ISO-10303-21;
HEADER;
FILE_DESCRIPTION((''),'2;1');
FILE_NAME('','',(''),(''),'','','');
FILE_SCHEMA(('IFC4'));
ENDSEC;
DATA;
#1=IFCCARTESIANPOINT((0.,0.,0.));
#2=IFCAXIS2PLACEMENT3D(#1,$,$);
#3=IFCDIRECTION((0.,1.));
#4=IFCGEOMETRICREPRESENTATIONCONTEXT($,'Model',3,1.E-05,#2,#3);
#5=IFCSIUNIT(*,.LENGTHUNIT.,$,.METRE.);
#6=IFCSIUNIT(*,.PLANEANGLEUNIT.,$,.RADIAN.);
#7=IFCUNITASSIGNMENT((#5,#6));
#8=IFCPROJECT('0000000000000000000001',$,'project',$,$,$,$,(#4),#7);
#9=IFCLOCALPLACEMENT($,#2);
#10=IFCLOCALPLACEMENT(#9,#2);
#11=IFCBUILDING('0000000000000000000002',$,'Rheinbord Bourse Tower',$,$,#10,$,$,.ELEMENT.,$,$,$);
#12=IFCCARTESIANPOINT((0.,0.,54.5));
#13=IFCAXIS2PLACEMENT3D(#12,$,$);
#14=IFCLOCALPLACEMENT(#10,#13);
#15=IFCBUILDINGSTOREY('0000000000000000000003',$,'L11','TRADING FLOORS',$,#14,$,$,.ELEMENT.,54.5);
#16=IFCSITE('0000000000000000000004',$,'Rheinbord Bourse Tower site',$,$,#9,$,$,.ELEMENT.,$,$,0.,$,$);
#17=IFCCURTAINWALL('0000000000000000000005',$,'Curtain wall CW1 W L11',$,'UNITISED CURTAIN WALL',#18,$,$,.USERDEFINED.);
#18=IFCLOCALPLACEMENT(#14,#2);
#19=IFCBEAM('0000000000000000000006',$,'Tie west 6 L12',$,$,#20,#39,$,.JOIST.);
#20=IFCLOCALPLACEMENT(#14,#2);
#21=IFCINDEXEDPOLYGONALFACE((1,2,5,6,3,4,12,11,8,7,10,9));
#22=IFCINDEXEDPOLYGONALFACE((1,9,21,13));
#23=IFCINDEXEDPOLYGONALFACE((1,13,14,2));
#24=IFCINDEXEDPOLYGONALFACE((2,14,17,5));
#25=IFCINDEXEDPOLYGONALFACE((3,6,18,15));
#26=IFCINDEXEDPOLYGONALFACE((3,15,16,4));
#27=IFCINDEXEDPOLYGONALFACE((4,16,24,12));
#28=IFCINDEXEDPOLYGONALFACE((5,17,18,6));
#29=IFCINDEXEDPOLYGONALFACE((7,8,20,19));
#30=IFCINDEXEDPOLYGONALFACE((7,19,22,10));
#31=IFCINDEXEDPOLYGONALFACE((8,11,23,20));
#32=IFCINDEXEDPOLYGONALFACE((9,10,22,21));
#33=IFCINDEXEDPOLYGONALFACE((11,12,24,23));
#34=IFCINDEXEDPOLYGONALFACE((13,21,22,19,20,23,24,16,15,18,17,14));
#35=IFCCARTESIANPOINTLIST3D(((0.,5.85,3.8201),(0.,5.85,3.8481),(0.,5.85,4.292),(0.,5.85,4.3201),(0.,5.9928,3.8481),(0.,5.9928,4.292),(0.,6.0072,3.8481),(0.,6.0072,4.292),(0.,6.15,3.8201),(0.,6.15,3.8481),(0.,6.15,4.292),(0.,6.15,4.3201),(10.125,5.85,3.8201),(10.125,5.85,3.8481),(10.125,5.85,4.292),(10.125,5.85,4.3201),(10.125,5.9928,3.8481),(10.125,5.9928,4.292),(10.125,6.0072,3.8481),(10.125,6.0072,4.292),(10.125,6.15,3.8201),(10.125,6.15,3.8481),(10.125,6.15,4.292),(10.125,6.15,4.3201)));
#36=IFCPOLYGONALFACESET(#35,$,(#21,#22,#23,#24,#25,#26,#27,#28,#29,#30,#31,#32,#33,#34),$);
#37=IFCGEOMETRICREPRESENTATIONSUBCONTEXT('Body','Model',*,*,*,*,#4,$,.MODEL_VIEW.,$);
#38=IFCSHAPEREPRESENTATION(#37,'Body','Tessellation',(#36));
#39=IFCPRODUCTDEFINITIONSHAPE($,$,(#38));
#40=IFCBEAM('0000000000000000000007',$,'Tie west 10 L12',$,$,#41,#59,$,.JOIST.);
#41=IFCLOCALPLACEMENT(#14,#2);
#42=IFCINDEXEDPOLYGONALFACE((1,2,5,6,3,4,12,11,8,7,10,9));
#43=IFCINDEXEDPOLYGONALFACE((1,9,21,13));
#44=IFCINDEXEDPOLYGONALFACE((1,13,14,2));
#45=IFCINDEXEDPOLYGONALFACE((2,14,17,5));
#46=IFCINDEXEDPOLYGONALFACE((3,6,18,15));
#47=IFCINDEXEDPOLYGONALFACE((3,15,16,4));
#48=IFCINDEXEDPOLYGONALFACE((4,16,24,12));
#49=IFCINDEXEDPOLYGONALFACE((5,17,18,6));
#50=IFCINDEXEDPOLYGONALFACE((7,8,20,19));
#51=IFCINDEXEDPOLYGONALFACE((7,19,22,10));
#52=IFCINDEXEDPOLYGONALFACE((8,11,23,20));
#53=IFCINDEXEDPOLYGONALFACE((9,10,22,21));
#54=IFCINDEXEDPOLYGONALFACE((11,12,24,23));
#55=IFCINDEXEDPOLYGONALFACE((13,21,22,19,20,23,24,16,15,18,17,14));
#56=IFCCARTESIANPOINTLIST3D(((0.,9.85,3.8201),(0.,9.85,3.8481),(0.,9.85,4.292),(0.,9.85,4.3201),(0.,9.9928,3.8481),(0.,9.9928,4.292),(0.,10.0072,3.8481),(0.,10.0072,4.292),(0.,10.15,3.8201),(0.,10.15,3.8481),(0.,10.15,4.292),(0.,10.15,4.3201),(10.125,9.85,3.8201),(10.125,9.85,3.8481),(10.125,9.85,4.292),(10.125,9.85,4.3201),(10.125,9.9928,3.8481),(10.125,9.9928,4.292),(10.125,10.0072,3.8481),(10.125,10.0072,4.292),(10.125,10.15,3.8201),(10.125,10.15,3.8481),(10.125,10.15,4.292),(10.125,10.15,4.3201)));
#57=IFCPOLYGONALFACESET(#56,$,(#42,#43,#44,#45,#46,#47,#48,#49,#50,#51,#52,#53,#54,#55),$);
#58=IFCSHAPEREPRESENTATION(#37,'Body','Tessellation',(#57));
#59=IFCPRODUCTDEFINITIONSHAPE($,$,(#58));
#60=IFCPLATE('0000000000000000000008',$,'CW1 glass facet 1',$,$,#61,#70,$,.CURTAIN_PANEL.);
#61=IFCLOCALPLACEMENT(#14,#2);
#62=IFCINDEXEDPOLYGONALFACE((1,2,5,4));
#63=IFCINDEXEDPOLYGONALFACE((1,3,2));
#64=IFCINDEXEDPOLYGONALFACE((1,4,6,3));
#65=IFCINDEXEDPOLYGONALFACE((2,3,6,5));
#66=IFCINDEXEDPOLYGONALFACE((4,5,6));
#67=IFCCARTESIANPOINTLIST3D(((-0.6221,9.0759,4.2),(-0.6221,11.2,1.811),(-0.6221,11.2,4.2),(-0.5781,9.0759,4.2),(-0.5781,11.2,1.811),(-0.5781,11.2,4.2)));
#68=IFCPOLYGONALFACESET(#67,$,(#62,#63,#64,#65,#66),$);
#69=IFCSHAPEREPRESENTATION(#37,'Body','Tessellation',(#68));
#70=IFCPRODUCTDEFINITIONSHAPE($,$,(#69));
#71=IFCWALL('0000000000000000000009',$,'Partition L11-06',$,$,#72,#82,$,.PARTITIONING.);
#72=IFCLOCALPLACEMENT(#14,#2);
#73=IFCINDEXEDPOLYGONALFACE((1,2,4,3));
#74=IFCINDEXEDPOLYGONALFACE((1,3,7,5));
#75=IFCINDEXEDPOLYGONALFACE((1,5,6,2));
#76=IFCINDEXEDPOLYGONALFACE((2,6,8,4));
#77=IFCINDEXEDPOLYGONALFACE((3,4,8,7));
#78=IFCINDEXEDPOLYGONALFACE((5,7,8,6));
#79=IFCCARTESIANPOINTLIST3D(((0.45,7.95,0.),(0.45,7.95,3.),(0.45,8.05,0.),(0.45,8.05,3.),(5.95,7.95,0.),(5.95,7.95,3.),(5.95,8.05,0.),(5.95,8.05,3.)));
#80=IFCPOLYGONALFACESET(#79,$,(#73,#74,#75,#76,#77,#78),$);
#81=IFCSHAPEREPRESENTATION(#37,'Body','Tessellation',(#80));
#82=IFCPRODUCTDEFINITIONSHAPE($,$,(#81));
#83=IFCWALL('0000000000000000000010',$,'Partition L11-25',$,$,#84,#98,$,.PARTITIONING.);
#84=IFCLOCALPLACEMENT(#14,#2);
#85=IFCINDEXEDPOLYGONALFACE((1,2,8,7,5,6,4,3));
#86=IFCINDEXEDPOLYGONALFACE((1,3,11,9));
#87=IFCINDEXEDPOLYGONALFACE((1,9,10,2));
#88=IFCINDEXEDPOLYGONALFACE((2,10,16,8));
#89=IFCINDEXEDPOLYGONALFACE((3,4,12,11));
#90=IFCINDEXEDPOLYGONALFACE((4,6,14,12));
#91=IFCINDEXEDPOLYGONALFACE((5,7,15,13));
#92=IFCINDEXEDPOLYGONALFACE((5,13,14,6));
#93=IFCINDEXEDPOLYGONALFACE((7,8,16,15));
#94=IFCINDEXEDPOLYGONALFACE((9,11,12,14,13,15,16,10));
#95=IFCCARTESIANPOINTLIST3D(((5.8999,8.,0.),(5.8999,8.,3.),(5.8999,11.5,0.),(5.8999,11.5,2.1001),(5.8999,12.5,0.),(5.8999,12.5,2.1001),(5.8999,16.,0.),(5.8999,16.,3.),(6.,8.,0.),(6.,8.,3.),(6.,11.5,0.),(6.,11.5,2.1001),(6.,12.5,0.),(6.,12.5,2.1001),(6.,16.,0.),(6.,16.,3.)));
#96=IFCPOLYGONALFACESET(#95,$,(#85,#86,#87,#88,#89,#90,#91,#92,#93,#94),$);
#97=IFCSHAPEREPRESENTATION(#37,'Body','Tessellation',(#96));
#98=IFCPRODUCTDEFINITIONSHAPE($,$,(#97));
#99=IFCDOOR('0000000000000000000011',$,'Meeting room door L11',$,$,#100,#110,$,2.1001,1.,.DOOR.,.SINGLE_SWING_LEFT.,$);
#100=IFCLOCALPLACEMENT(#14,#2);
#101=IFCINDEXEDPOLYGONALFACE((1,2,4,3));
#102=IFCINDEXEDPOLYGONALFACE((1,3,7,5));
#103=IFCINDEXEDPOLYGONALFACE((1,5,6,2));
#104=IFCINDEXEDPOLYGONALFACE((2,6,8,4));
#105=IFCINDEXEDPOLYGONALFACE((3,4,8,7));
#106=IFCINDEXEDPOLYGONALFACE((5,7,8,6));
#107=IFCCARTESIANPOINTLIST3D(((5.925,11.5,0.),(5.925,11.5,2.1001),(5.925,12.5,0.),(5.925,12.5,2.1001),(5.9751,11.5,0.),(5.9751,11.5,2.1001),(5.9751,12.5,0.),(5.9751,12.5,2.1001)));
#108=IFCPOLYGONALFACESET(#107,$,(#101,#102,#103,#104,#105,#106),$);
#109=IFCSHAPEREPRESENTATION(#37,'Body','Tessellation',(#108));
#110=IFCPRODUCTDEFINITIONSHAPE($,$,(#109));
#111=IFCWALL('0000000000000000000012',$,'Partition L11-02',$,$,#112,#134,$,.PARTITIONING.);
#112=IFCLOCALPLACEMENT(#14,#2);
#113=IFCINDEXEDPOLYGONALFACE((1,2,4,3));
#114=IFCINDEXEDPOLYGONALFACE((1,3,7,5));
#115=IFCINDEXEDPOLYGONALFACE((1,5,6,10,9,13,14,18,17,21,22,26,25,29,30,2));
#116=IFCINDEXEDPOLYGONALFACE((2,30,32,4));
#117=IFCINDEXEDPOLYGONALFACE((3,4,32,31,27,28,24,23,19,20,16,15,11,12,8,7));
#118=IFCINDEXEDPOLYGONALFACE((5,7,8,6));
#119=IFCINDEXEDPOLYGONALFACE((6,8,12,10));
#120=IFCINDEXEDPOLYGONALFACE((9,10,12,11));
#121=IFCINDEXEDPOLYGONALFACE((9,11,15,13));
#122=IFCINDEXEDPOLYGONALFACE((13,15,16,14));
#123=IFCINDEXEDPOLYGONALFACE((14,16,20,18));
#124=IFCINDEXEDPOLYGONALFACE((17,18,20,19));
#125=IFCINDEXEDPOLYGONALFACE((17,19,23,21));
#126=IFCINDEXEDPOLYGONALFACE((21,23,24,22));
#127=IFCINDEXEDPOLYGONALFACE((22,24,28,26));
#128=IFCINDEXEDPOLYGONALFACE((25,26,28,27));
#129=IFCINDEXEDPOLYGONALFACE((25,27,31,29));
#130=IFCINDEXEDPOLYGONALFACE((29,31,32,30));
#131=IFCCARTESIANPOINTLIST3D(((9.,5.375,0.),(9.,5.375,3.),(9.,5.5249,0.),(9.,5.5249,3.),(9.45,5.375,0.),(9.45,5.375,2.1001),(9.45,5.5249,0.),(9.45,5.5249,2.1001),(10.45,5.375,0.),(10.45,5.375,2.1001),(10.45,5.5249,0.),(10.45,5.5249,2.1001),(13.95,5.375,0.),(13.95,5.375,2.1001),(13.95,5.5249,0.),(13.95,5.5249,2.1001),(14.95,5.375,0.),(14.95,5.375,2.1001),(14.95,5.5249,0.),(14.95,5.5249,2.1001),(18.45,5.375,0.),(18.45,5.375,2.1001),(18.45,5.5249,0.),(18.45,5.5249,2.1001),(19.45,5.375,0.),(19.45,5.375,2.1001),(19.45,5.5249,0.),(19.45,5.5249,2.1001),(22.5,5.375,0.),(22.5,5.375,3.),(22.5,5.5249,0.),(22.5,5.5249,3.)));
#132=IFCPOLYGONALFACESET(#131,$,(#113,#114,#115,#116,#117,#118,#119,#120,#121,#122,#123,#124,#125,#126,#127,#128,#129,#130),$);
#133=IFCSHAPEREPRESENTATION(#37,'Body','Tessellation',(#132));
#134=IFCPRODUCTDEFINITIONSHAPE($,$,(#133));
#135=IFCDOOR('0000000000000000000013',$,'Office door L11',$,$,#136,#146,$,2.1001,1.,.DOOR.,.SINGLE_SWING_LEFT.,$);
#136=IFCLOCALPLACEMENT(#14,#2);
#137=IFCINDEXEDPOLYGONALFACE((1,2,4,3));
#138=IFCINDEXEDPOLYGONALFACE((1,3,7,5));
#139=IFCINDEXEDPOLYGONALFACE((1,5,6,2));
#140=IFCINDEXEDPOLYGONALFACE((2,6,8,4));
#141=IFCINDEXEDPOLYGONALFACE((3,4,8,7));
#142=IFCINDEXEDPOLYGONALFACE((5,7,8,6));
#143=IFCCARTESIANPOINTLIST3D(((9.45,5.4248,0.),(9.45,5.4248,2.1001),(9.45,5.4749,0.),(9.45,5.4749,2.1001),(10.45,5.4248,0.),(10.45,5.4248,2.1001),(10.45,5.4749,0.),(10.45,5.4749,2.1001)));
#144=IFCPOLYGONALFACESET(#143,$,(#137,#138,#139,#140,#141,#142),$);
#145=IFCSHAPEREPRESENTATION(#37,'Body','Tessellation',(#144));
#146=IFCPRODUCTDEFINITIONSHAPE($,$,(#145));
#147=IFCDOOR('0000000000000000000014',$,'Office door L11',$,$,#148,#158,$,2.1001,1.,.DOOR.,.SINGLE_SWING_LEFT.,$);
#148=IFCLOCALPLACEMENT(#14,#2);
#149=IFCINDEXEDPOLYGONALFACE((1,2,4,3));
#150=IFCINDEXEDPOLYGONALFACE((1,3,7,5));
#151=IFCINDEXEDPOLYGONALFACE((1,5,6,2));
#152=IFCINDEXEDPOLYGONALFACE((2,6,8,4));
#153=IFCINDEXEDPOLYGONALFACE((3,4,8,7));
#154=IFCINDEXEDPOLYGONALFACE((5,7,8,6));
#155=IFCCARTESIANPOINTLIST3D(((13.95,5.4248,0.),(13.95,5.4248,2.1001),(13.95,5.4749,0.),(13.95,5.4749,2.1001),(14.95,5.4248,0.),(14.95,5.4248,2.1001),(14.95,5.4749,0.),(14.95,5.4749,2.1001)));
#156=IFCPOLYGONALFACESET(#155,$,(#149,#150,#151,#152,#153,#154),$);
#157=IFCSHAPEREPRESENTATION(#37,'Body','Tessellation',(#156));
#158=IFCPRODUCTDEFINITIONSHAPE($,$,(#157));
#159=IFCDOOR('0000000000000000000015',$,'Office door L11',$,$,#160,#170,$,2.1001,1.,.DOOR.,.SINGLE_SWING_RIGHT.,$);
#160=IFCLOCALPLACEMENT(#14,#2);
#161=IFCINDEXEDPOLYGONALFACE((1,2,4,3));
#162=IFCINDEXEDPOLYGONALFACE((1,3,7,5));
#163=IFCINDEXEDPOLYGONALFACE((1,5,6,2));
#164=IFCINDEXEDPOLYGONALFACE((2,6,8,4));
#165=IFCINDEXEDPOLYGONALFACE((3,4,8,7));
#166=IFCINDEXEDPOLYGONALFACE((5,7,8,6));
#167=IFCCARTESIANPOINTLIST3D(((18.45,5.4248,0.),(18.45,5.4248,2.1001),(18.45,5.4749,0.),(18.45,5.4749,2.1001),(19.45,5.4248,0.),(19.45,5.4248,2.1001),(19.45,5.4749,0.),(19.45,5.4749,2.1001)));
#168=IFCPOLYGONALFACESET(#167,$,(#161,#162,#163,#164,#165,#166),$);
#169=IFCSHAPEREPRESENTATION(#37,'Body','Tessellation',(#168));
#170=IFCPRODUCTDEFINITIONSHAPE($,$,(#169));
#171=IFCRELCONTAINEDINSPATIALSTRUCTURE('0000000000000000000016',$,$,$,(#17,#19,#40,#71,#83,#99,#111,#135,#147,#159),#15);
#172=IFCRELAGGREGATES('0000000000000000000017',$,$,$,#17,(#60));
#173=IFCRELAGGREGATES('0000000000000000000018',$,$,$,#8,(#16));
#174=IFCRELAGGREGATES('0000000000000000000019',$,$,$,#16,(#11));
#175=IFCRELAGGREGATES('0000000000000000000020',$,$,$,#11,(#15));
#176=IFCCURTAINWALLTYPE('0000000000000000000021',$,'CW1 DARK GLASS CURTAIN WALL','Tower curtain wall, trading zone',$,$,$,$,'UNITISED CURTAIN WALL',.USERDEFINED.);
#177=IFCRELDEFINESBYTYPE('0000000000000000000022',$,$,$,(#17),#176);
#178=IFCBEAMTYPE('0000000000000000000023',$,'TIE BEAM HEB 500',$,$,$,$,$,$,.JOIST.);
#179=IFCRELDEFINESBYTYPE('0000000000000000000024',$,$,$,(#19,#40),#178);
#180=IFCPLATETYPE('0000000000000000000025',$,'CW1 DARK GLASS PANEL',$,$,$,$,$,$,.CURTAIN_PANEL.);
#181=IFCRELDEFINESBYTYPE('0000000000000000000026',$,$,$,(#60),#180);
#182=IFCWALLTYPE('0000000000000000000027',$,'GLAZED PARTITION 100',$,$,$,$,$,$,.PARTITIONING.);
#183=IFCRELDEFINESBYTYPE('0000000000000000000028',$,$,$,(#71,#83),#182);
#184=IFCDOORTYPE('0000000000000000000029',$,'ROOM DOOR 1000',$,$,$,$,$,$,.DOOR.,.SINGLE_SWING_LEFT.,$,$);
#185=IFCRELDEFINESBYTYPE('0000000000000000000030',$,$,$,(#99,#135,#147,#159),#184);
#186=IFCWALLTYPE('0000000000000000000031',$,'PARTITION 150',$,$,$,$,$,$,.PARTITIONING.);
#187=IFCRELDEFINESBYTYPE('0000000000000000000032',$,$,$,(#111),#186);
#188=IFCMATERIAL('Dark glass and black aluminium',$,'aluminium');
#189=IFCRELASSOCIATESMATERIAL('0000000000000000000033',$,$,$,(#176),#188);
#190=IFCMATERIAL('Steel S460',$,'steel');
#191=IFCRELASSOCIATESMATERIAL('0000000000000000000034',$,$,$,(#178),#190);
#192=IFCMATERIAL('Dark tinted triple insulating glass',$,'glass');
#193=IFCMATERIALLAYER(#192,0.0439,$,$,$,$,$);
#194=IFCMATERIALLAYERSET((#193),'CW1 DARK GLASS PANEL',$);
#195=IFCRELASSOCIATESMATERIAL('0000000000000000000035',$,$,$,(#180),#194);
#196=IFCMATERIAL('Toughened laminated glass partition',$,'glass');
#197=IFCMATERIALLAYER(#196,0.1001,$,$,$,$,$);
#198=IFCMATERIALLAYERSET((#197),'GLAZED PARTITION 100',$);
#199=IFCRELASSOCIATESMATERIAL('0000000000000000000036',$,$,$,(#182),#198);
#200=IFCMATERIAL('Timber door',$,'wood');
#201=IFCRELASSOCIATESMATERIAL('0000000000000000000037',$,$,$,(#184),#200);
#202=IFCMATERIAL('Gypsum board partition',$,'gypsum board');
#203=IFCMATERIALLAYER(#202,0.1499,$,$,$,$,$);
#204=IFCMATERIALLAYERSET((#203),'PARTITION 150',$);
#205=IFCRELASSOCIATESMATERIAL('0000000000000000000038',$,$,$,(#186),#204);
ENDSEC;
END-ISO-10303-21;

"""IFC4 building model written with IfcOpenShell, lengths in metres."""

from ifc_helpers import new_model, si_unit, direction, frame, frame_2d, origin, origin_2d, place, context, subcontext, project, spatial, polyline, rectangle, i_section, outline, extrude, material, layer, layer_set, material_profile, profile_set, type_object, element, fill, aggregate, save


model = new_model("IFC4")

# Units and contexts
model_context = context("Model", 3, precision=1e-05, world=origin(), true_north=direction((0.0, 1.0)))
body_context = subcontext(model_context, "Body", "Model", "MODEL_VIEW")
ifc_project = project(units=[si_unit("LENGTHUNIT", "METRE"), si_unit("PLANEANGLEUNIT", "RADIAN")], contexts=[model_context])

# Site, building, storey
site_placement = place(None, origin())
site = spatial("IfcSite", under=ifc_project, at=site_placement, Name="Rheinbord Bourse Tower site", CompositionType="ELEMENT", RefElevation=0.0)
building_placement = place(site_placement, origin())
building = spatial("IfcBuilding", under=site, at=building_placement, Name="Rheinbord Bourse Tower", CompositionType="ELEMENT")
storey_placement = place(building_placement, frame((0.0, 0.0, 54.5)))
storey = spatial("IfcBuildingStorey", under=building, at=storey_placement, Name="L11", Description="TRADING FLOORS", CompositionType="ELEMENT", Elevation=54.5)

# Curtain wall
ifc_material_1 = material(Name="Dark glass and black aluminium", Category="aluminium")
curtain_wall_type = type_object("IfcCurtainWallType", Name="CW1 DARK GLASS CURTAIN WALL", Description="Tower curtain wall, trading zone", ElementType="UNITISED CURTAIN WALL", PredefinedType="USERDEFINED", material=ifc_material_1)
curtain_wall_placement = place(storey_placement, origin())
curtain_wall = element("IfcCurtainWall", 1, at=curtain_wall_placement, inside=storey, type_object=curtain_wall_type, Name="Curtain wall CW1 W L11", ObjectType="UNITISED CURTAIN WALL", PredefinedType="USERDEFINED")

# Beams
ifc_material_2 = material(Name="Steel S460", Category="steel")
ifc_material_profile_1 = material_profile(ifc_material_2, i_section(OverallWidth=0.3, OverallDepth=0.5, WebThickness=0.0144, FlangeThickness=0.0281, at=origin_2d()), Name="HEB 500")
ifc_profile_set_1 = profile_set([ifc_material_profile_1], Name="Steel S460")
beam_type_1 = type_object("IfcBeamType", Name="TIE BEAM HEB 500", PredefinedType="JOIST", material=ifc_profile_set_1)
for number, where, z_axis, x_axis, name in (
    (2, (0.0, 6.0, 4.0701), (1.0, 0.0, 0.0), (0.0, 1.0, 0.0), "Tie west 6 L12"),
    (3, (0.0, 10.0, 4.0701), (1.0, 0.0, 0.0), (0.0, 1.0, 0.0), "Tie west 10 L12"),
):
    element("IfcBeam", number, at=place(storey_placement, frame(where, z_axis=z_axis, x_axis=x_axis)), inside=storey, type_object=beam_type_1, Name=name, PredefinedType="JOIST", context=body_context, shape_type="SweptSolid", body=[
        extrude(i_section(OverallWidth=0.3, OverallDepth=0.5, WebThickness=0.0144, FlangeThickness=0.0281, at=origin_2d()), origin(), (0.0, 0.0, 1.0), 10.125),
    ])

# Plate
ifc_material_3 = material(Name="Dark tinted triple insulating glass", Category="glass")
ifc_layer_1 = layer(ifc_material_3, 0.0439)
ifc_layer_set_1 = layer_set([ifc_layer_1], Name="CW1 DARK GLASS PANEL")
plate_type = type_object("IfcPlateType", Name="CW1 DARK GLASS PANEL", PredefinedType="CURTAIN_PANEL", material=ifc_layer_set_1)
plate_placement = place(storey_placement, frame((-0.6221, 11.2, 4.2), z_axis=(1.0, 0.0, 0.0), x_axis=(0.0, -1.0, 0.0)))
plate = element("IfcPlate", 4, at=plate_placement, type_object=plate_type, Name="CW1 glass facet 1", PredefinedType="CURTAIN_PANEL", context=body_context, shape_type="SweptSolid", body=[
    extrude(outline(polyline([(0.0, 0.0), (2.124, 0.0), (0.0, 2.3889), (0.0, 0.0)])), origin(), (0.0, 0.0, 1.0), 0.0439),
])
aggregate(curtain_wall, [plate])

# Wall
ifc_material_4 = material(Name="Toughened laminated glass partition", Category="glass")
ifc_layer_2 = layer(ifc_material_4, 0.1001)
ifc_layer_set_2 = layer_set([ifc_layer_2], Name="GLAZED PARTITION 100")
wall_type_1 = type_object("IfcWallType", Name="GLAZED PARTITION 100", PredefinedType="PARTITIONING", material=ifc_layer_set_2)
wall_1_placement = place(storey_placement, frame((0.45, 8.0, 0.0), z_axis=(0.0, 0.0, 1.0), x_axis=(1.0, 0.0, 0.0)))
element("IfcWall", 5, at=wall_1_placement, inside=storey, type_object=wall_type_1, Name="Partition L11-06", PredefinedType="PARTITIONING", context=body_context, shape_type="SweptSolid", body=[
    extrude(rectangle(XDim=5.5, YDim=0.1001, at=frame_2d((2.75, 0.0))), origin(), (0.0, 0.0, 1.0), 3.0),
])

# Wall, opening, door
wall_2_placement = place(storey_placement, frame((5.95, 8.0, 0.0), z_axis=(0.0, 0.0, 1.0), x_axis=(0.0, 1.0, 0.0)))
wall_2 = element("IfcWall", 6, at=wall_2_placement, inside=storey, type_object=wall_type_1, Name="Partition L11-25", PredefinedType="PARTITIONING", context=body_context, shape_type="SweptSolid", body=[
    extrude(rectangle(XDim=8.0, YDim=0.1001, at=frame_2d((4.0, 0.0))), origin(), (0.0, 0.0, 1.0), 3.0),
])
opening_1_placement = place(wall_2_placement, frame((3.5, 0.0, 0.0)))
opening_1 = element("IfcOpeningElement", 7, at=opening_1_placement, cuts=wall_2, PredefinedType="OPENING", context=body_context, shape_type="SweptSolid", body=[
    extrude(rectangle(XDim=1.0, YDim=2.1001, at=frame_2d((0.5, 1.05))), frame((0.0, 0.0601, 0.0), z_axis=(0.0, -1.0, 0.0), x_axis=(1.0, 0.0, 0.0)), (0.0, 0.0, 1.0), 0.1201),
])
ifc_material_5 = material(Name="Timber door", Category="wood")
door_type = type_object("IfcDoorType", Name="ROOM DOOR 1000", OperationType="SINGLE_SWING_LEFT", PredefinedType="DOOR", material=ifc_material_5)
door_1_placement = place(opening_1_placement, origin())
door_1 = element("IfcDoor", 8, at=door_1_placement, inside=storey, type_object=door_type, Name="Meeting room door L11", OperationType="SINGLE_SWING_LEFT", OverallHeight=2.1001, OverallWidth=1.0, PredefinedType="DOOR", context=body_context, shape_type="SweptSolid", body=[
    extrude(rectangle(XDim=1.0, YDim=2.1001, at=frame_2d((0.5, 1.05))), frame((0.0, 0.0249, 0.0), z_axis=(0.0, -1.0, 0.0), x_axis=(1.0, 0.0, 0.0)), (0.0, 0.0, 1.0), 0.05),
])
fill(opening_1, door_1)

# Wall, openings, doors
ifc_material_6 = material(Name="Gypsum board partition", Category="gypsum board")
ifc_layer_3 = layer(ifc_material_6, 0.1499)
ifc_layer_set_3 = layer_set([ifc_layer_3], Name="PARTITION 150")
wall_type_2 = type_object("IfcWallType", Name="PARTITION 150", PredefinedType="PARTITIONING", material=ifc_layer_set_3)
wall_3_placement = place(storey_placement, frame((9.0, 5.45, 0.0), z_axis=(0.0, 0.0, 1.0), x_axis=(1.0, 0.0, 0.0)))
wall_3 = element("IfcWall", 9, at=wall_3_placement, inside=storey, type_object=wall_type_2, Name="Partition L11-02", PredefinedType="PARTITIONING", context=body_context, shape_type="SweptSolid", body=[
    extrude(rectangle(XDim=13.5, YDim=0.1499, at=frame_2d((6.75, 0.0))), origin(), (0.0, 0.0, 1.0), 3.0),
])
opening_2_placement = place(wall_3_placement, frame((0.45, 0.0, 0.0)))
opening_2 = element("IfcOpeningElement", 10, at=opening_2_placement, cuts=wall_3, PredefinedType="OPENING", context=body_context, shape_type="SweptSolid", body=[
    extrude(rectangle(XDim=1.0, YDim=2.1001, at=frame_2d((0.5, 1.05))), frame((0.0, 0.085, 0.0), z_axis=(0.0, -1.0, 0.0), x_axis=(1.0, 0.0, 0.0)), (0.0, 0.0, 1.0), 0.1699),
])
opening_3_placement = place(wall_3_placement, frame((4.95, 0.0, 0.0)))
opening_3 = element("IfcOpeningElement", 11, at=opening_3_placement, cuts=wall_3, PredefinedType="OPENING", context=body_context, shape_type="SweptSolid", body=[
    extrude(rectangle(XDim=1.0, YDim=2.1001, at=frame_2d((0.5, 1.05))), frame((0.0, 0.085, 0.0), z_axis=(0.0, -1.0, 0.0), x_axis=(1.0, 0.0, 0.0)), (0.0, 0.0, 1.0), 0.1699),
])
opening_4_placement = place(wall_3_placement, frame((9.45, 0.0, 0.0)))
opening_4 = element("IfcOpeningElement", 12, at=opening_4_placement, cuts=wall_3, PredefinedType="OPENING", context=body_context, shape_type="SweptSolid", body=[
    extrude(rectangle(XDim=1.0, YDim=2.1001, at=frame_2d((0.5, 1.05))), frame((0.0, 0.085, 0.0), z_axis=(0.0, -1.0, 0.0), x_axis=(1.0, 0.0, 0.0)), (0.0, 0.0, 1.0), 0.1699),
])
door_2_placement = place(opening_2_placement, origin())
door_2 = element("IfcDoor", 13, at=door_2_placement, inside=storey, type_object=door_type, Name="Office door L11", OperationType="SINGLE_SWING_LEFT", OverallHeight=2.1001, OverallWidth=1.0, PredefinedType="DOOR", context=body_context, shape_type="SweptSolid", body=[
    extrude(rectangle(XDim=1.0, YDim=2.1001, at=frame_2d((0.5, 1.05))), frame((0.0, 0.0249, 0.0), z_axis=(0.0, -1.0, 0.0), x_axis=(1.0, 0.0, 0.0)), (0.0, 0.0, 1.0), 0.05),
])
fill(opening_2, door_2)
door_3_placement = place(opening_3_placement, origin())
door_3 = element("IfcDoor", 14, at=door_3_placement, inside=storey, type_object=door_type, Name="Office door L11", OperationType="SINGLE_SWING_LEFT", OverallHeight=2.1001, OverallWidth=1.0, PredefinedType="DOOR", context=body_context, shape_type="SweptSolid", body=[
    extrude(rectangle(XDim=1.0, YDim=2.1001, at=frame_2d((0.5, 1.05))), frame((0.0, 0.0249, 0.0), z_axis=(0.0, -1.0, 0.0), x_axis=(1.0, 0.0, 0.0)), (0.0, 0.0, 1.0), 0.05),
])
fill(opening_3, door_3)
door_4_placement = place(opening_4_placement, origin())
door_4 = element("IfcDoor", 15, at=door_4_placement, inside=storey, type_object=door_type, Name="Office door L11", OperationType="SINGLE_SWING_RIGHT", OverallHeight=2.1001, OverallWidth=1.0, PredefinedType="DOOR", context=body_context, shape_type="SweptSolid", body=[
    extrude(rectangle(XDim=1.0, YDim=2.1001, at=frame_2d((0.5, 1.05))), frame((0.0, 0.0249, 0.0), z_axis=(0.0, -1.0, 0.0), x_axis=(1.0, 0.0, 0.0)), (0.0, 0.0, 1.0), 0.05),
])
fill(opening_4, door_4)

save(model, "model.ifc")
